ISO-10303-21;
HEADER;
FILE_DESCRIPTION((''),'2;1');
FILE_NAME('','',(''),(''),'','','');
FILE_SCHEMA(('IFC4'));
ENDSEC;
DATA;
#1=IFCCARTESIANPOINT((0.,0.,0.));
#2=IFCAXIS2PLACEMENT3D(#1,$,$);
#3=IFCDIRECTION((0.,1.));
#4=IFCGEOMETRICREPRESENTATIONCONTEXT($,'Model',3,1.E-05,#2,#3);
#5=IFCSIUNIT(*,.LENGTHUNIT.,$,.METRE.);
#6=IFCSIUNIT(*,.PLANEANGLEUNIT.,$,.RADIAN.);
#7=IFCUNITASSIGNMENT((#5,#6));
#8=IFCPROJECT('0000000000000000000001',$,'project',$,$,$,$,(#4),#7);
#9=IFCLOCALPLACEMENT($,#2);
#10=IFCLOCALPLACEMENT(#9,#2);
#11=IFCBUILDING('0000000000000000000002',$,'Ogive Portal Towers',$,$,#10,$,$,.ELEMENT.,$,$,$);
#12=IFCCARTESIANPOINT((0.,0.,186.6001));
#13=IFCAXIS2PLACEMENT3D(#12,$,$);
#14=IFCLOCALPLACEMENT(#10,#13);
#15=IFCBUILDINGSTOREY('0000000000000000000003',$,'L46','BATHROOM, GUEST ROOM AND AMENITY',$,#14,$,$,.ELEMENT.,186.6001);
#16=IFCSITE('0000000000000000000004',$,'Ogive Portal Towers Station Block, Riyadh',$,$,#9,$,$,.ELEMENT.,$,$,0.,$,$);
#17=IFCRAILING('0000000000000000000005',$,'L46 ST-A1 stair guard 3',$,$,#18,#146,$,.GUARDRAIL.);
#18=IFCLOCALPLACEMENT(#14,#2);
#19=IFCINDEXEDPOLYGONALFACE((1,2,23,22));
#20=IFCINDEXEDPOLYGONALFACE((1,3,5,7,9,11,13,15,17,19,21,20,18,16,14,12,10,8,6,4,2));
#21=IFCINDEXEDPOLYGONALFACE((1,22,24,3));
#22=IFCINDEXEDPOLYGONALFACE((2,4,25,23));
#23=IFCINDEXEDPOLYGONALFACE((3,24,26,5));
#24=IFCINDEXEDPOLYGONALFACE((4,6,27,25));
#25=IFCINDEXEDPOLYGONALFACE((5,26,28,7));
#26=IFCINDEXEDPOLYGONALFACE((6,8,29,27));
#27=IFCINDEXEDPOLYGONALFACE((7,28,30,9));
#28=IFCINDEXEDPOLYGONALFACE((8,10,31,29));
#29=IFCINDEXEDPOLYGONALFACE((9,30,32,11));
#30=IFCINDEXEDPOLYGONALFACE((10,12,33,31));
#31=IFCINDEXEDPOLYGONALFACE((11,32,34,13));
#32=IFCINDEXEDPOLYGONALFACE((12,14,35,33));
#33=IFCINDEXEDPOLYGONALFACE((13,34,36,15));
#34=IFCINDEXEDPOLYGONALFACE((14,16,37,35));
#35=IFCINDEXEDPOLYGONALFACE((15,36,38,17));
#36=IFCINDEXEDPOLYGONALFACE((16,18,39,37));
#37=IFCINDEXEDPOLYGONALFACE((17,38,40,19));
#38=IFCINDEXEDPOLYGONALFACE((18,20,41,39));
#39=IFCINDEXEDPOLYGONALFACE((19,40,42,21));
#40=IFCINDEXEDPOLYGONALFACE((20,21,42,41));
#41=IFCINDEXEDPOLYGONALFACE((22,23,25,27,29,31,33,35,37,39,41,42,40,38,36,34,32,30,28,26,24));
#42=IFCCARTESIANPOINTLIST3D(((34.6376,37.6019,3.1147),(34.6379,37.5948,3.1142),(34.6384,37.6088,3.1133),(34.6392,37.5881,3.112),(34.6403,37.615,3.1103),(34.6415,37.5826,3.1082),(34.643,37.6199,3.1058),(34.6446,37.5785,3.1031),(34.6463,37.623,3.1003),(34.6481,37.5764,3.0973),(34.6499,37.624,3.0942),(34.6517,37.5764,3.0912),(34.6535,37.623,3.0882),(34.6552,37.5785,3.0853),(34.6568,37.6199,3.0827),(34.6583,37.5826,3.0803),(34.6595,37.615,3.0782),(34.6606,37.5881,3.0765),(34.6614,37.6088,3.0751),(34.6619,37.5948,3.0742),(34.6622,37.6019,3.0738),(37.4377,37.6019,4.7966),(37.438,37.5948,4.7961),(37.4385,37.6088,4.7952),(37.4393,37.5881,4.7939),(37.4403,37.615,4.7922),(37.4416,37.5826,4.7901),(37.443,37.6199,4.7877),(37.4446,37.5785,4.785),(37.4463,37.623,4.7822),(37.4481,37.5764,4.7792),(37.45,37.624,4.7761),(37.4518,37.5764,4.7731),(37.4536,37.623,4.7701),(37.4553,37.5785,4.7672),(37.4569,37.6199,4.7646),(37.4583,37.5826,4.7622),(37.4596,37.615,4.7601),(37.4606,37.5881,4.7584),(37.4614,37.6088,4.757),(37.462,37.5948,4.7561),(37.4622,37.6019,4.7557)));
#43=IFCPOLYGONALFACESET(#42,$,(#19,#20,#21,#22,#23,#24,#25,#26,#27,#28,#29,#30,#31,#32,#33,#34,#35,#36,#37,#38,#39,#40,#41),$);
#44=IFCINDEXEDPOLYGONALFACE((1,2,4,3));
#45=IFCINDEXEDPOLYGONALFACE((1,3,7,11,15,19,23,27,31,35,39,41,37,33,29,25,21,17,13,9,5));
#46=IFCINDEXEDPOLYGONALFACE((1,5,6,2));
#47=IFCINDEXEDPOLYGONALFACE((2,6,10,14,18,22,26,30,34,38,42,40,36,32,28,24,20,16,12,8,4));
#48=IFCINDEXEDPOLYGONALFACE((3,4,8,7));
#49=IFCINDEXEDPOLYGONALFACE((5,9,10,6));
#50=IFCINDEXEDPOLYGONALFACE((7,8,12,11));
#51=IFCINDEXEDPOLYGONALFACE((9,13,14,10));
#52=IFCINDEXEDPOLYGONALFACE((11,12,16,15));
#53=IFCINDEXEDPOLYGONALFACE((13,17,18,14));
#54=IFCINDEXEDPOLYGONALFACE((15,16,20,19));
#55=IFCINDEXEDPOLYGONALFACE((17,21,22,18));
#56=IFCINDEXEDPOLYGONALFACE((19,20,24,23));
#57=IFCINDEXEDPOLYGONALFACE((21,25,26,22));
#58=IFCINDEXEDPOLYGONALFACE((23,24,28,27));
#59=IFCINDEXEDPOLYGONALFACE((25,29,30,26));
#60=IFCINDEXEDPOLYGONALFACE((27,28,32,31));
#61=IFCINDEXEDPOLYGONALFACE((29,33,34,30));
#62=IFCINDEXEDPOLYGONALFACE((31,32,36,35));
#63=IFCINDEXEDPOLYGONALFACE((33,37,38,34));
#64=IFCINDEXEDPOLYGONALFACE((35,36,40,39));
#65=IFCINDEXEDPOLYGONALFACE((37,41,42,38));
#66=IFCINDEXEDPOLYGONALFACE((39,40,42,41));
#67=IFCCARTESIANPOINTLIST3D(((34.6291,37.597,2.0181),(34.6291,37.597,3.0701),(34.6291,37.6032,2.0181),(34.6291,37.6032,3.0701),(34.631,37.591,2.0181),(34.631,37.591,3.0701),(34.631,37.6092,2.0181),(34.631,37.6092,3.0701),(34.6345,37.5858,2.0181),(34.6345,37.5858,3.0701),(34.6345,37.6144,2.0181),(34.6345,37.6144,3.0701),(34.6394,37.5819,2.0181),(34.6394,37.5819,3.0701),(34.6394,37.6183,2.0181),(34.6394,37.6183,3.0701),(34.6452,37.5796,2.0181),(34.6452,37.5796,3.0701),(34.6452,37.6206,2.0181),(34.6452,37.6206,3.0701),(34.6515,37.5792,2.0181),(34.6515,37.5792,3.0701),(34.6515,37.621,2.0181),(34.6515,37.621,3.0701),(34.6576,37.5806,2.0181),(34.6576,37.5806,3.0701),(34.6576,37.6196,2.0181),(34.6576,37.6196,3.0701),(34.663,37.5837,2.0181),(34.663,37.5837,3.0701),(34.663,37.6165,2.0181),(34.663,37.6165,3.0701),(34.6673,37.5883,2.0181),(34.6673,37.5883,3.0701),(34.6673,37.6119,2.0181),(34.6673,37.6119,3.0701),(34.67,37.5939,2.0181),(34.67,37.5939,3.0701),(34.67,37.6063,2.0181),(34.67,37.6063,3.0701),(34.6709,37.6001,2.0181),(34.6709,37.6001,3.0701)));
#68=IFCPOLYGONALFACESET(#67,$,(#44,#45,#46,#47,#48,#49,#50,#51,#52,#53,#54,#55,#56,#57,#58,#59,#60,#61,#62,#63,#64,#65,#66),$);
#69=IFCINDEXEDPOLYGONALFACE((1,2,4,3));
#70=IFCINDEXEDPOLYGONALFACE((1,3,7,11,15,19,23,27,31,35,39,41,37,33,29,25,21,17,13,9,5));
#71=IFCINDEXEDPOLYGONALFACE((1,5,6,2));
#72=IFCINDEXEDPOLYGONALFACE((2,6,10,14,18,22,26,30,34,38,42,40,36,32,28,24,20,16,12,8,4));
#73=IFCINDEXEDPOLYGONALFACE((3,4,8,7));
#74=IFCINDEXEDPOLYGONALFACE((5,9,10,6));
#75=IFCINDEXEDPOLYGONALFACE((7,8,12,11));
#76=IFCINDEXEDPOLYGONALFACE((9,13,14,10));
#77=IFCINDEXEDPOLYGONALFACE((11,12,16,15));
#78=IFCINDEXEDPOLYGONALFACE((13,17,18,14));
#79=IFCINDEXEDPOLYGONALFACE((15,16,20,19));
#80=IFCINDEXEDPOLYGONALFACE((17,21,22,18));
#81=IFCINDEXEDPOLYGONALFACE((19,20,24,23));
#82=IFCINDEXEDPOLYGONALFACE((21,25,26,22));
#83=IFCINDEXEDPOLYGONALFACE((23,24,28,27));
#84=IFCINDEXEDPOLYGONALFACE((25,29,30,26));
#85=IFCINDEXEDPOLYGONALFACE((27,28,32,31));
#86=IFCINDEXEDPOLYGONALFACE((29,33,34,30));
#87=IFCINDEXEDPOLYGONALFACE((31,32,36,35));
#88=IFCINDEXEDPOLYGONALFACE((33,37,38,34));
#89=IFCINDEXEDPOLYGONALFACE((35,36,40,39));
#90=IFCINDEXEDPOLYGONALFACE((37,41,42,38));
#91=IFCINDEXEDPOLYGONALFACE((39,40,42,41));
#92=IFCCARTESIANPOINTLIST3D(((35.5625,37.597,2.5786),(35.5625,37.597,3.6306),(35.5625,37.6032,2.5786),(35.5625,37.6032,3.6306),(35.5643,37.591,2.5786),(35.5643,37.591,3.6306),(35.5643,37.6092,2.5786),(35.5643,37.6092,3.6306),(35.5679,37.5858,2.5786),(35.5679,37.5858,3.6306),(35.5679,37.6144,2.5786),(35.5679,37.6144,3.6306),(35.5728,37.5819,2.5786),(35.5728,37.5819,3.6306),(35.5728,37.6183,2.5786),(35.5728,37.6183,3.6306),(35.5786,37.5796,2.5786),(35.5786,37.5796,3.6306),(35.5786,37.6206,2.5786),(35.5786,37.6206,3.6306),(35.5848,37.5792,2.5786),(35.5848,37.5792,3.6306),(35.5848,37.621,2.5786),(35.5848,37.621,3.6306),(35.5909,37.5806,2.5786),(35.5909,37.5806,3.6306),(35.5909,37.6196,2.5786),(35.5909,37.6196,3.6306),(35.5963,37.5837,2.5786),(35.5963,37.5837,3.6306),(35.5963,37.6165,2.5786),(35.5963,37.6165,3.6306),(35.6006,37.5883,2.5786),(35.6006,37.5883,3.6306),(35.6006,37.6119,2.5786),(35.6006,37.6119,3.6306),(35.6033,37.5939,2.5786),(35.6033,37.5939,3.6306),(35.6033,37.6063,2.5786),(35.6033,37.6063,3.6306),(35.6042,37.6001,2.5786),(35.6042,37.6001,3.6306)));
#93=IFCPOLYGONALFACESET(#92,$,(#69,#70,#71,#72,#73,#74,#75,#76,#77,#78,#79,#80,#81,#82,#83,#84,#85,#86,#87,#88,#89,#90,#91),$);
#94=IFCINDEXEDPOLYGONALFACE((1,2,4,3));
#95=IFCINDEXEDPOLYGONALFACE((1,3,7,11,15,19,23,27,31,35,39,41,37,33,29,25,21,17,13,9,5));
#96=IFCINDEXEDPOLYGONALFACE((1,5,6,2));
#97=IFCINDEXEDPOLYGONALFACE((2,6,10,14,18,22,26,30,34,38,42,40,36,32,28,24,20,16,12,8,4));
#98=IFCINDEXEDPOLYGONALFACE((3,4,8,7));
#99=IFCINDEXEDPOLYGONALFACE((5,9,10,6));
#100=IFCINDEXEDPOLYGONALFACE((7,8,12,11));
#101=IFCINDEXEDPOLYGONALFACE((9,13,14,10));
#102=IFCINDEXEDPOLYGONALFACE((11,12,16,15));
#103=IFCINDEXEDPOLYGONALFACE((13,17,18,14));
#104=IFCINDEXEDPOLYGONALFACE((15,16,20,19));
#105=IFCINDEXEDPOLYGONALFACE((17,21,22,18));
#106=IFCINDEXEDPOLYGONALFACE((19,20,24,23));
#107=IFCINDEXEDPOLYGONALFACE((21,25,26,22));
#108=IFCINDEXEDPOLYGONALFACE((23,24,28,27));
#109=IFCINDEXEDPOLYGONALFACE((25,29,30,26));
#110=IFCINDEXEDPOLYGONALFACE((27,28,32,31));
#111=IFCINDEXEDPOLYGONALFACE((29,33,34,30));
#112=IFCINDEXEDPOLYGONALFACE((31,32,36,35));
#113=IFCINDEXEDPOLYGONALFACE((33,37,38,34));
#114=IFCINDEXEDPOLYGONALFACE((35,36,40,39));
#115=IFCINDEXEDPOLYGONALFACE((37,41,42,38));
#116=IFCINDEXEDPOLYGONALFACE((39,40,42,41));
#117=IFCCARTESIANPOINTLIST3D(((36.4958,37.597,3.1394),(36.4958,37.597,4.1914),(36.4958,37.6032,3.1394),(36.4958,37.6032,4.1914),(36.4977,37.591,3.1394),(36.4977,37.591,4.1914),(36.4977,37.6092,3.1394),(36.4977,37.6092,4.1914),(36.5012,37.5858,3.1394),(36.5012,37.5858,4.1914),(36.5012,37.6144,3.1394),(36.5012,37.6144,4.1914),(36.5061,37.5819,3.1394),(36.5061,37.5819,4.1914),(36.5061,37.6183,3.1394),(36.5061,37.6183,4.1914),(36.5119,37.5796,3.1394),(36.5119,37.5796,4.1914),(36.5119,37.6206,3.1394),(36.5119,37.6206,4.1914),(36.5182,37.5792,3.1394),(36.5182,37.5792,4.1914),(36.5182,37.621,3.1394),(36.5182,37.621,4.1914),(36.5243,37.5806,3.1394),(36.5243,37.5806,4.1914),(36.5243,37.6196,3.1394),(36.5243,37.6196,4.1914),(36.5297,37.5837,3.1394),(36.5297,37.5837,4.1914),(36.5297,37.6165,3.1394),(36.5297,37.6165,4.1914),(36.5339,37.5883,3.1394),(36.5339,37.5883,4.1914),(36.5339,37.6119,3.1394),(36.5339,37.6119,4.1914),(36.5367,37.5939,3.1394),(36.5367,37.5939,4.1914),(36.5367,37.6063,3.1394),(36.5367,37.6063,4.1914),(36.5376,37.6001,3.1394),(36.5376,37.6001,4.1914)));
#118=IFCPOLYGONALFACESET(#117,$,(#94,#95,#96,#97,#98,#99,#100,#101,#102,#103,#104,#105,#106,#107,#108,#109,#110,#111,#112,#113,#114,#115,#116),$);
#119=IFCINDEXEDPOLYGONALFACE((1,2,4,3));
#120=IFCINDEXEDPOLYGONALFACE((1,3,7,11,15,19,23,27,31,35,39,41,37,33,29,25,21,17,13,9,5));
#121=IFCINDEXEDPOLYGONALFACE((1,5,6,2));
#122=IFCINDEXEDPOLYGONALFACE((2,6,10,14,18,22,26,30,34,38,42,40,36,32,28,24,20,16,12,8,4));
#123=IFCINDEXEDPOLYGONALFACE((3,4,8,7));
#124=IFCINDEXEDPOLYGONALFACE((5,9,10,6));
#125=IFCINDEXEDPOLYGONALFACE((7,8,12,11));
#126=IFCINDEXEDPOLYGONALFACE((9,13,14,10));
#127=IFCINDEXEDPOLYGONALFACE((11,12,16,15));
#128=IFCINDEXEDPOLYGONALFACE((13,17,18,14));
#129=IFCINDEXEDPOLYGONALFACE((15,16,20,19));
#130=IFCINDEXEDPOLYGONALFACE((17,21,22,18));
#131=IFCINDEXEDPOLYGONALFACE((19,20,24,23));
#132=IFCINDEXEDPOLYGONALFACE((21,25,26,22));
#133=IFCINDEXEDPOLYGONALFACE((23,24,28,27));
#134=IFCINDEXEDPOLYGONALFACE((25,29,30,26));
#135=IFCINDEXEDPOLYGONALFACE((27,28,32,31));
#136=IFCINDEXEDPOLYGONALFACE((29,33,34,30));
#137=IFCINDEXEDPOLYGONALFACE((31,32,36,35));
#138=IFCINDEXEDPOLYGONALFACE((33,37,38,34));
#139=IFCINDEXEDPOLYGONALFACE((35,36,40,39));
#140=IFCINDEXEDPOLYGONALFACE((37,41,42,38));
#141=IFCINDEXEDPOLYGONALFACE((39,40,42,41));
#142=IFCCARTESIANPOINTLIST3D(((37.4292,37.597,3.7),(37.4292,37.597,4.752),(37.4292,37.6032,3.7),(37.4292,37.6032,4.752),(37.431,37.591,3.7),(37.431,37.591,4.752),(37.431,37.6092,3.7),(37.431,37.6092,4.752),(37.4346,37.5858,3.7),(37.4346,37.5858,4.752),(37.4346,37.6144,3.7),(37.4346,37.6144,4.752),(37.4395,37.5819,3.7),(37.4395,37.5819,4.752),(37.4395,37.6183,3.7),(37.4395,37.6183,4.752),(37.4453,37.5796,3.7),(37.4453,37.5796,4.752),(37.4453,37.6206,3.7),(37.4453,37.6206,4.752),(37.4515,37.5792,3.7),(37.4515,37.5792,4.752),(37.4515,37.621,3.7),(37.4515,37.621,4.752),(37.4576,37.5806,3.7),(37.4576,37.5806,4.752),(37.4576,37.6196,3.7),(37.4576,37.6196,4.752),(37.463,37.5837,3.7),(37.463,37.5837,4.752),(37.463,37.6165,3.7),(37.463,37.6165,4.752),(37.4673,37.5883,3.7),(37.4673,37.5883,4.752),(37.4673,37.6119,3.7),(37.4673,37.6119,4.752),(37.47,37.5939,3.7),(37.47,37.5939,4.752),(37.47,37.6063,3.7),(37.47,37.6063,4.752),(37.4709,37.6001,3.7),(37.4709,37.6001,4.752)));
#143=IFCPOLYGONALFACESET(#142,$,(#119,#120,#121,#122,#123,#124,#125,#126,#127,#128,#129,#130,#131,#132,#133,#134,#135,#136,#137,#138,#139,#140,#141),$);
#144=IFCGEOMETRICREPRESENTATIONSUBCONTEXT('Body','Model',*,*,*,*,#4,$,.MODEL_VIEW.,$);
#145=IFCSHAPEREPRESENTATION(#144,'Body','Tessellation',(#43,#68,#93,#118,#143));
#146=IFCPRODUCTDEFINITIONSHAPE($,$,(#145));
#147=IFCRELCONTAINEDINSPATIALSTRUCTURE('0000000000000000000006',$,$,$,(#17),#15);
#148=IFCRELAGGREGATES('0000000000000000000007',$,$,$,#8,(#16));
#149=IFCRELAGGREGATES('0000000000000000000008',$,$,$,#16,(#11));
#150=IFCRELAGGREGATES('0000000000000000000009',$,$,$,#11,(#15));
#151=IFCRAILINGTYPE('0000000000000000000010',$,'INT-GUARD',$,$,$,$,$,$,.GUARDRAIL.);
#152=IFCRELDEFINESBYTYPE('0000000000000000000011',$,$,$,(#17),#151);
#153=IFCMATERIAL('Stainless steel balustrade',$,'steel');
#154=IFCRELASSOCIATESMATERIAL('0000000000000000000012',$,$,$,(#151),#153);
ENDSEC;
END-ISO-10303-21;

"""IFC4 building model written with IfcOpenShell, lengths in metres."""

from ifc_helpers import new_model, si_unit, direction, frame, origin, origin_2d, place, context, subcontext, project, spatial, circle, extrude, material, type_object, element, save


model = new_model("IFC4")

# Units and contexts
model_context = context("Model", 3, precision=1e-05, world=origin(), true_north=direction((0.0, 1.0)))
body_context = subcontext(model_context, "Body", "Model", "MODEL_VIEW")
ifc_project = project(units=[si_unit("LENGTHUNIT", "METRE"), si_unit("PLANEANGLEUNIT", "RADIAN")], contexts=[model_context])

# Site, building, storey
site_placement = place(None, origin())
site = spatial("IfcSite", under=ifc_project, at=site_placement, Name="Ogive Portal Towers Station Block, Riyadh", CompositionType="ELEMENT", RefElevation=0.0)
building_placement = place(site_placement, origin())
building = spatial("IfcBuilding", under=site, at=building_placement, Name="Ogive Portal Towers", CompositionType="ELEMENT")
storey_placement = place(building_placement, frame((0.0, 0.0, 186.6001)))
storey = spatial("IfcBuildingStorey", under=building, at=storey_placement, Name="L46", Description="BATHROOM, GUEST ROOM AND AMENITY", CompositionType="ELEMENT", Elevation=186.6001)

# Railing
ifc_material_1 = material(Name="Stainless steel balustrade", Category="steel")
railing_type_1 = type_object("IfcRailingType", Name="INT-GUARD", PredefinedType="GUARDRAIL", material=ifc_material_1)
railing_1_placement = place(storey_placement, frame((34.6499, 37.6001, 2.0181)))
element("IfcRailing", 1, at=railing_1_placement, inside=storey, type_object=railing_type_1, Name="L46 ST-A1 stair guard 3", PredefinedType="GUARDRAIL", context=body_context, shape_type="SweptSolid", body=[
    extrude(circle(Radius=0.0239, at=origin_2d()), frame((0.0, 0.0, 1.0762), z_axis=(0.857242, 0.0, 0.514913), x_axis=(0.0, 1.0, 0.0)), (0.0, 0.0, 1.0), 3.2664),
    extrude(circle(Radius=0.021, at=origin_2d()), origin(), (0.0, 0.0, 1.0), 1.052),
    extrude(circle(Radius=0.021, at=origin_2d()), frame((0.9333, 0.0, 0.5605)), (0.0, 0.0, 1.0), 1.052),
    extrude(circle(Radius=0.021, at=origin_2d()), frame((1.8667, 0.0, 1.1213)), (0.0, 0.0, 1.0), 1.052),
    extrude(circle(Radius=0.021, at=origin_2d()), frame((2.8, 0.0, 1.6819)), (0.0, 0.0, 1.0), 1.052),
])

save(model, "model.ifc")
